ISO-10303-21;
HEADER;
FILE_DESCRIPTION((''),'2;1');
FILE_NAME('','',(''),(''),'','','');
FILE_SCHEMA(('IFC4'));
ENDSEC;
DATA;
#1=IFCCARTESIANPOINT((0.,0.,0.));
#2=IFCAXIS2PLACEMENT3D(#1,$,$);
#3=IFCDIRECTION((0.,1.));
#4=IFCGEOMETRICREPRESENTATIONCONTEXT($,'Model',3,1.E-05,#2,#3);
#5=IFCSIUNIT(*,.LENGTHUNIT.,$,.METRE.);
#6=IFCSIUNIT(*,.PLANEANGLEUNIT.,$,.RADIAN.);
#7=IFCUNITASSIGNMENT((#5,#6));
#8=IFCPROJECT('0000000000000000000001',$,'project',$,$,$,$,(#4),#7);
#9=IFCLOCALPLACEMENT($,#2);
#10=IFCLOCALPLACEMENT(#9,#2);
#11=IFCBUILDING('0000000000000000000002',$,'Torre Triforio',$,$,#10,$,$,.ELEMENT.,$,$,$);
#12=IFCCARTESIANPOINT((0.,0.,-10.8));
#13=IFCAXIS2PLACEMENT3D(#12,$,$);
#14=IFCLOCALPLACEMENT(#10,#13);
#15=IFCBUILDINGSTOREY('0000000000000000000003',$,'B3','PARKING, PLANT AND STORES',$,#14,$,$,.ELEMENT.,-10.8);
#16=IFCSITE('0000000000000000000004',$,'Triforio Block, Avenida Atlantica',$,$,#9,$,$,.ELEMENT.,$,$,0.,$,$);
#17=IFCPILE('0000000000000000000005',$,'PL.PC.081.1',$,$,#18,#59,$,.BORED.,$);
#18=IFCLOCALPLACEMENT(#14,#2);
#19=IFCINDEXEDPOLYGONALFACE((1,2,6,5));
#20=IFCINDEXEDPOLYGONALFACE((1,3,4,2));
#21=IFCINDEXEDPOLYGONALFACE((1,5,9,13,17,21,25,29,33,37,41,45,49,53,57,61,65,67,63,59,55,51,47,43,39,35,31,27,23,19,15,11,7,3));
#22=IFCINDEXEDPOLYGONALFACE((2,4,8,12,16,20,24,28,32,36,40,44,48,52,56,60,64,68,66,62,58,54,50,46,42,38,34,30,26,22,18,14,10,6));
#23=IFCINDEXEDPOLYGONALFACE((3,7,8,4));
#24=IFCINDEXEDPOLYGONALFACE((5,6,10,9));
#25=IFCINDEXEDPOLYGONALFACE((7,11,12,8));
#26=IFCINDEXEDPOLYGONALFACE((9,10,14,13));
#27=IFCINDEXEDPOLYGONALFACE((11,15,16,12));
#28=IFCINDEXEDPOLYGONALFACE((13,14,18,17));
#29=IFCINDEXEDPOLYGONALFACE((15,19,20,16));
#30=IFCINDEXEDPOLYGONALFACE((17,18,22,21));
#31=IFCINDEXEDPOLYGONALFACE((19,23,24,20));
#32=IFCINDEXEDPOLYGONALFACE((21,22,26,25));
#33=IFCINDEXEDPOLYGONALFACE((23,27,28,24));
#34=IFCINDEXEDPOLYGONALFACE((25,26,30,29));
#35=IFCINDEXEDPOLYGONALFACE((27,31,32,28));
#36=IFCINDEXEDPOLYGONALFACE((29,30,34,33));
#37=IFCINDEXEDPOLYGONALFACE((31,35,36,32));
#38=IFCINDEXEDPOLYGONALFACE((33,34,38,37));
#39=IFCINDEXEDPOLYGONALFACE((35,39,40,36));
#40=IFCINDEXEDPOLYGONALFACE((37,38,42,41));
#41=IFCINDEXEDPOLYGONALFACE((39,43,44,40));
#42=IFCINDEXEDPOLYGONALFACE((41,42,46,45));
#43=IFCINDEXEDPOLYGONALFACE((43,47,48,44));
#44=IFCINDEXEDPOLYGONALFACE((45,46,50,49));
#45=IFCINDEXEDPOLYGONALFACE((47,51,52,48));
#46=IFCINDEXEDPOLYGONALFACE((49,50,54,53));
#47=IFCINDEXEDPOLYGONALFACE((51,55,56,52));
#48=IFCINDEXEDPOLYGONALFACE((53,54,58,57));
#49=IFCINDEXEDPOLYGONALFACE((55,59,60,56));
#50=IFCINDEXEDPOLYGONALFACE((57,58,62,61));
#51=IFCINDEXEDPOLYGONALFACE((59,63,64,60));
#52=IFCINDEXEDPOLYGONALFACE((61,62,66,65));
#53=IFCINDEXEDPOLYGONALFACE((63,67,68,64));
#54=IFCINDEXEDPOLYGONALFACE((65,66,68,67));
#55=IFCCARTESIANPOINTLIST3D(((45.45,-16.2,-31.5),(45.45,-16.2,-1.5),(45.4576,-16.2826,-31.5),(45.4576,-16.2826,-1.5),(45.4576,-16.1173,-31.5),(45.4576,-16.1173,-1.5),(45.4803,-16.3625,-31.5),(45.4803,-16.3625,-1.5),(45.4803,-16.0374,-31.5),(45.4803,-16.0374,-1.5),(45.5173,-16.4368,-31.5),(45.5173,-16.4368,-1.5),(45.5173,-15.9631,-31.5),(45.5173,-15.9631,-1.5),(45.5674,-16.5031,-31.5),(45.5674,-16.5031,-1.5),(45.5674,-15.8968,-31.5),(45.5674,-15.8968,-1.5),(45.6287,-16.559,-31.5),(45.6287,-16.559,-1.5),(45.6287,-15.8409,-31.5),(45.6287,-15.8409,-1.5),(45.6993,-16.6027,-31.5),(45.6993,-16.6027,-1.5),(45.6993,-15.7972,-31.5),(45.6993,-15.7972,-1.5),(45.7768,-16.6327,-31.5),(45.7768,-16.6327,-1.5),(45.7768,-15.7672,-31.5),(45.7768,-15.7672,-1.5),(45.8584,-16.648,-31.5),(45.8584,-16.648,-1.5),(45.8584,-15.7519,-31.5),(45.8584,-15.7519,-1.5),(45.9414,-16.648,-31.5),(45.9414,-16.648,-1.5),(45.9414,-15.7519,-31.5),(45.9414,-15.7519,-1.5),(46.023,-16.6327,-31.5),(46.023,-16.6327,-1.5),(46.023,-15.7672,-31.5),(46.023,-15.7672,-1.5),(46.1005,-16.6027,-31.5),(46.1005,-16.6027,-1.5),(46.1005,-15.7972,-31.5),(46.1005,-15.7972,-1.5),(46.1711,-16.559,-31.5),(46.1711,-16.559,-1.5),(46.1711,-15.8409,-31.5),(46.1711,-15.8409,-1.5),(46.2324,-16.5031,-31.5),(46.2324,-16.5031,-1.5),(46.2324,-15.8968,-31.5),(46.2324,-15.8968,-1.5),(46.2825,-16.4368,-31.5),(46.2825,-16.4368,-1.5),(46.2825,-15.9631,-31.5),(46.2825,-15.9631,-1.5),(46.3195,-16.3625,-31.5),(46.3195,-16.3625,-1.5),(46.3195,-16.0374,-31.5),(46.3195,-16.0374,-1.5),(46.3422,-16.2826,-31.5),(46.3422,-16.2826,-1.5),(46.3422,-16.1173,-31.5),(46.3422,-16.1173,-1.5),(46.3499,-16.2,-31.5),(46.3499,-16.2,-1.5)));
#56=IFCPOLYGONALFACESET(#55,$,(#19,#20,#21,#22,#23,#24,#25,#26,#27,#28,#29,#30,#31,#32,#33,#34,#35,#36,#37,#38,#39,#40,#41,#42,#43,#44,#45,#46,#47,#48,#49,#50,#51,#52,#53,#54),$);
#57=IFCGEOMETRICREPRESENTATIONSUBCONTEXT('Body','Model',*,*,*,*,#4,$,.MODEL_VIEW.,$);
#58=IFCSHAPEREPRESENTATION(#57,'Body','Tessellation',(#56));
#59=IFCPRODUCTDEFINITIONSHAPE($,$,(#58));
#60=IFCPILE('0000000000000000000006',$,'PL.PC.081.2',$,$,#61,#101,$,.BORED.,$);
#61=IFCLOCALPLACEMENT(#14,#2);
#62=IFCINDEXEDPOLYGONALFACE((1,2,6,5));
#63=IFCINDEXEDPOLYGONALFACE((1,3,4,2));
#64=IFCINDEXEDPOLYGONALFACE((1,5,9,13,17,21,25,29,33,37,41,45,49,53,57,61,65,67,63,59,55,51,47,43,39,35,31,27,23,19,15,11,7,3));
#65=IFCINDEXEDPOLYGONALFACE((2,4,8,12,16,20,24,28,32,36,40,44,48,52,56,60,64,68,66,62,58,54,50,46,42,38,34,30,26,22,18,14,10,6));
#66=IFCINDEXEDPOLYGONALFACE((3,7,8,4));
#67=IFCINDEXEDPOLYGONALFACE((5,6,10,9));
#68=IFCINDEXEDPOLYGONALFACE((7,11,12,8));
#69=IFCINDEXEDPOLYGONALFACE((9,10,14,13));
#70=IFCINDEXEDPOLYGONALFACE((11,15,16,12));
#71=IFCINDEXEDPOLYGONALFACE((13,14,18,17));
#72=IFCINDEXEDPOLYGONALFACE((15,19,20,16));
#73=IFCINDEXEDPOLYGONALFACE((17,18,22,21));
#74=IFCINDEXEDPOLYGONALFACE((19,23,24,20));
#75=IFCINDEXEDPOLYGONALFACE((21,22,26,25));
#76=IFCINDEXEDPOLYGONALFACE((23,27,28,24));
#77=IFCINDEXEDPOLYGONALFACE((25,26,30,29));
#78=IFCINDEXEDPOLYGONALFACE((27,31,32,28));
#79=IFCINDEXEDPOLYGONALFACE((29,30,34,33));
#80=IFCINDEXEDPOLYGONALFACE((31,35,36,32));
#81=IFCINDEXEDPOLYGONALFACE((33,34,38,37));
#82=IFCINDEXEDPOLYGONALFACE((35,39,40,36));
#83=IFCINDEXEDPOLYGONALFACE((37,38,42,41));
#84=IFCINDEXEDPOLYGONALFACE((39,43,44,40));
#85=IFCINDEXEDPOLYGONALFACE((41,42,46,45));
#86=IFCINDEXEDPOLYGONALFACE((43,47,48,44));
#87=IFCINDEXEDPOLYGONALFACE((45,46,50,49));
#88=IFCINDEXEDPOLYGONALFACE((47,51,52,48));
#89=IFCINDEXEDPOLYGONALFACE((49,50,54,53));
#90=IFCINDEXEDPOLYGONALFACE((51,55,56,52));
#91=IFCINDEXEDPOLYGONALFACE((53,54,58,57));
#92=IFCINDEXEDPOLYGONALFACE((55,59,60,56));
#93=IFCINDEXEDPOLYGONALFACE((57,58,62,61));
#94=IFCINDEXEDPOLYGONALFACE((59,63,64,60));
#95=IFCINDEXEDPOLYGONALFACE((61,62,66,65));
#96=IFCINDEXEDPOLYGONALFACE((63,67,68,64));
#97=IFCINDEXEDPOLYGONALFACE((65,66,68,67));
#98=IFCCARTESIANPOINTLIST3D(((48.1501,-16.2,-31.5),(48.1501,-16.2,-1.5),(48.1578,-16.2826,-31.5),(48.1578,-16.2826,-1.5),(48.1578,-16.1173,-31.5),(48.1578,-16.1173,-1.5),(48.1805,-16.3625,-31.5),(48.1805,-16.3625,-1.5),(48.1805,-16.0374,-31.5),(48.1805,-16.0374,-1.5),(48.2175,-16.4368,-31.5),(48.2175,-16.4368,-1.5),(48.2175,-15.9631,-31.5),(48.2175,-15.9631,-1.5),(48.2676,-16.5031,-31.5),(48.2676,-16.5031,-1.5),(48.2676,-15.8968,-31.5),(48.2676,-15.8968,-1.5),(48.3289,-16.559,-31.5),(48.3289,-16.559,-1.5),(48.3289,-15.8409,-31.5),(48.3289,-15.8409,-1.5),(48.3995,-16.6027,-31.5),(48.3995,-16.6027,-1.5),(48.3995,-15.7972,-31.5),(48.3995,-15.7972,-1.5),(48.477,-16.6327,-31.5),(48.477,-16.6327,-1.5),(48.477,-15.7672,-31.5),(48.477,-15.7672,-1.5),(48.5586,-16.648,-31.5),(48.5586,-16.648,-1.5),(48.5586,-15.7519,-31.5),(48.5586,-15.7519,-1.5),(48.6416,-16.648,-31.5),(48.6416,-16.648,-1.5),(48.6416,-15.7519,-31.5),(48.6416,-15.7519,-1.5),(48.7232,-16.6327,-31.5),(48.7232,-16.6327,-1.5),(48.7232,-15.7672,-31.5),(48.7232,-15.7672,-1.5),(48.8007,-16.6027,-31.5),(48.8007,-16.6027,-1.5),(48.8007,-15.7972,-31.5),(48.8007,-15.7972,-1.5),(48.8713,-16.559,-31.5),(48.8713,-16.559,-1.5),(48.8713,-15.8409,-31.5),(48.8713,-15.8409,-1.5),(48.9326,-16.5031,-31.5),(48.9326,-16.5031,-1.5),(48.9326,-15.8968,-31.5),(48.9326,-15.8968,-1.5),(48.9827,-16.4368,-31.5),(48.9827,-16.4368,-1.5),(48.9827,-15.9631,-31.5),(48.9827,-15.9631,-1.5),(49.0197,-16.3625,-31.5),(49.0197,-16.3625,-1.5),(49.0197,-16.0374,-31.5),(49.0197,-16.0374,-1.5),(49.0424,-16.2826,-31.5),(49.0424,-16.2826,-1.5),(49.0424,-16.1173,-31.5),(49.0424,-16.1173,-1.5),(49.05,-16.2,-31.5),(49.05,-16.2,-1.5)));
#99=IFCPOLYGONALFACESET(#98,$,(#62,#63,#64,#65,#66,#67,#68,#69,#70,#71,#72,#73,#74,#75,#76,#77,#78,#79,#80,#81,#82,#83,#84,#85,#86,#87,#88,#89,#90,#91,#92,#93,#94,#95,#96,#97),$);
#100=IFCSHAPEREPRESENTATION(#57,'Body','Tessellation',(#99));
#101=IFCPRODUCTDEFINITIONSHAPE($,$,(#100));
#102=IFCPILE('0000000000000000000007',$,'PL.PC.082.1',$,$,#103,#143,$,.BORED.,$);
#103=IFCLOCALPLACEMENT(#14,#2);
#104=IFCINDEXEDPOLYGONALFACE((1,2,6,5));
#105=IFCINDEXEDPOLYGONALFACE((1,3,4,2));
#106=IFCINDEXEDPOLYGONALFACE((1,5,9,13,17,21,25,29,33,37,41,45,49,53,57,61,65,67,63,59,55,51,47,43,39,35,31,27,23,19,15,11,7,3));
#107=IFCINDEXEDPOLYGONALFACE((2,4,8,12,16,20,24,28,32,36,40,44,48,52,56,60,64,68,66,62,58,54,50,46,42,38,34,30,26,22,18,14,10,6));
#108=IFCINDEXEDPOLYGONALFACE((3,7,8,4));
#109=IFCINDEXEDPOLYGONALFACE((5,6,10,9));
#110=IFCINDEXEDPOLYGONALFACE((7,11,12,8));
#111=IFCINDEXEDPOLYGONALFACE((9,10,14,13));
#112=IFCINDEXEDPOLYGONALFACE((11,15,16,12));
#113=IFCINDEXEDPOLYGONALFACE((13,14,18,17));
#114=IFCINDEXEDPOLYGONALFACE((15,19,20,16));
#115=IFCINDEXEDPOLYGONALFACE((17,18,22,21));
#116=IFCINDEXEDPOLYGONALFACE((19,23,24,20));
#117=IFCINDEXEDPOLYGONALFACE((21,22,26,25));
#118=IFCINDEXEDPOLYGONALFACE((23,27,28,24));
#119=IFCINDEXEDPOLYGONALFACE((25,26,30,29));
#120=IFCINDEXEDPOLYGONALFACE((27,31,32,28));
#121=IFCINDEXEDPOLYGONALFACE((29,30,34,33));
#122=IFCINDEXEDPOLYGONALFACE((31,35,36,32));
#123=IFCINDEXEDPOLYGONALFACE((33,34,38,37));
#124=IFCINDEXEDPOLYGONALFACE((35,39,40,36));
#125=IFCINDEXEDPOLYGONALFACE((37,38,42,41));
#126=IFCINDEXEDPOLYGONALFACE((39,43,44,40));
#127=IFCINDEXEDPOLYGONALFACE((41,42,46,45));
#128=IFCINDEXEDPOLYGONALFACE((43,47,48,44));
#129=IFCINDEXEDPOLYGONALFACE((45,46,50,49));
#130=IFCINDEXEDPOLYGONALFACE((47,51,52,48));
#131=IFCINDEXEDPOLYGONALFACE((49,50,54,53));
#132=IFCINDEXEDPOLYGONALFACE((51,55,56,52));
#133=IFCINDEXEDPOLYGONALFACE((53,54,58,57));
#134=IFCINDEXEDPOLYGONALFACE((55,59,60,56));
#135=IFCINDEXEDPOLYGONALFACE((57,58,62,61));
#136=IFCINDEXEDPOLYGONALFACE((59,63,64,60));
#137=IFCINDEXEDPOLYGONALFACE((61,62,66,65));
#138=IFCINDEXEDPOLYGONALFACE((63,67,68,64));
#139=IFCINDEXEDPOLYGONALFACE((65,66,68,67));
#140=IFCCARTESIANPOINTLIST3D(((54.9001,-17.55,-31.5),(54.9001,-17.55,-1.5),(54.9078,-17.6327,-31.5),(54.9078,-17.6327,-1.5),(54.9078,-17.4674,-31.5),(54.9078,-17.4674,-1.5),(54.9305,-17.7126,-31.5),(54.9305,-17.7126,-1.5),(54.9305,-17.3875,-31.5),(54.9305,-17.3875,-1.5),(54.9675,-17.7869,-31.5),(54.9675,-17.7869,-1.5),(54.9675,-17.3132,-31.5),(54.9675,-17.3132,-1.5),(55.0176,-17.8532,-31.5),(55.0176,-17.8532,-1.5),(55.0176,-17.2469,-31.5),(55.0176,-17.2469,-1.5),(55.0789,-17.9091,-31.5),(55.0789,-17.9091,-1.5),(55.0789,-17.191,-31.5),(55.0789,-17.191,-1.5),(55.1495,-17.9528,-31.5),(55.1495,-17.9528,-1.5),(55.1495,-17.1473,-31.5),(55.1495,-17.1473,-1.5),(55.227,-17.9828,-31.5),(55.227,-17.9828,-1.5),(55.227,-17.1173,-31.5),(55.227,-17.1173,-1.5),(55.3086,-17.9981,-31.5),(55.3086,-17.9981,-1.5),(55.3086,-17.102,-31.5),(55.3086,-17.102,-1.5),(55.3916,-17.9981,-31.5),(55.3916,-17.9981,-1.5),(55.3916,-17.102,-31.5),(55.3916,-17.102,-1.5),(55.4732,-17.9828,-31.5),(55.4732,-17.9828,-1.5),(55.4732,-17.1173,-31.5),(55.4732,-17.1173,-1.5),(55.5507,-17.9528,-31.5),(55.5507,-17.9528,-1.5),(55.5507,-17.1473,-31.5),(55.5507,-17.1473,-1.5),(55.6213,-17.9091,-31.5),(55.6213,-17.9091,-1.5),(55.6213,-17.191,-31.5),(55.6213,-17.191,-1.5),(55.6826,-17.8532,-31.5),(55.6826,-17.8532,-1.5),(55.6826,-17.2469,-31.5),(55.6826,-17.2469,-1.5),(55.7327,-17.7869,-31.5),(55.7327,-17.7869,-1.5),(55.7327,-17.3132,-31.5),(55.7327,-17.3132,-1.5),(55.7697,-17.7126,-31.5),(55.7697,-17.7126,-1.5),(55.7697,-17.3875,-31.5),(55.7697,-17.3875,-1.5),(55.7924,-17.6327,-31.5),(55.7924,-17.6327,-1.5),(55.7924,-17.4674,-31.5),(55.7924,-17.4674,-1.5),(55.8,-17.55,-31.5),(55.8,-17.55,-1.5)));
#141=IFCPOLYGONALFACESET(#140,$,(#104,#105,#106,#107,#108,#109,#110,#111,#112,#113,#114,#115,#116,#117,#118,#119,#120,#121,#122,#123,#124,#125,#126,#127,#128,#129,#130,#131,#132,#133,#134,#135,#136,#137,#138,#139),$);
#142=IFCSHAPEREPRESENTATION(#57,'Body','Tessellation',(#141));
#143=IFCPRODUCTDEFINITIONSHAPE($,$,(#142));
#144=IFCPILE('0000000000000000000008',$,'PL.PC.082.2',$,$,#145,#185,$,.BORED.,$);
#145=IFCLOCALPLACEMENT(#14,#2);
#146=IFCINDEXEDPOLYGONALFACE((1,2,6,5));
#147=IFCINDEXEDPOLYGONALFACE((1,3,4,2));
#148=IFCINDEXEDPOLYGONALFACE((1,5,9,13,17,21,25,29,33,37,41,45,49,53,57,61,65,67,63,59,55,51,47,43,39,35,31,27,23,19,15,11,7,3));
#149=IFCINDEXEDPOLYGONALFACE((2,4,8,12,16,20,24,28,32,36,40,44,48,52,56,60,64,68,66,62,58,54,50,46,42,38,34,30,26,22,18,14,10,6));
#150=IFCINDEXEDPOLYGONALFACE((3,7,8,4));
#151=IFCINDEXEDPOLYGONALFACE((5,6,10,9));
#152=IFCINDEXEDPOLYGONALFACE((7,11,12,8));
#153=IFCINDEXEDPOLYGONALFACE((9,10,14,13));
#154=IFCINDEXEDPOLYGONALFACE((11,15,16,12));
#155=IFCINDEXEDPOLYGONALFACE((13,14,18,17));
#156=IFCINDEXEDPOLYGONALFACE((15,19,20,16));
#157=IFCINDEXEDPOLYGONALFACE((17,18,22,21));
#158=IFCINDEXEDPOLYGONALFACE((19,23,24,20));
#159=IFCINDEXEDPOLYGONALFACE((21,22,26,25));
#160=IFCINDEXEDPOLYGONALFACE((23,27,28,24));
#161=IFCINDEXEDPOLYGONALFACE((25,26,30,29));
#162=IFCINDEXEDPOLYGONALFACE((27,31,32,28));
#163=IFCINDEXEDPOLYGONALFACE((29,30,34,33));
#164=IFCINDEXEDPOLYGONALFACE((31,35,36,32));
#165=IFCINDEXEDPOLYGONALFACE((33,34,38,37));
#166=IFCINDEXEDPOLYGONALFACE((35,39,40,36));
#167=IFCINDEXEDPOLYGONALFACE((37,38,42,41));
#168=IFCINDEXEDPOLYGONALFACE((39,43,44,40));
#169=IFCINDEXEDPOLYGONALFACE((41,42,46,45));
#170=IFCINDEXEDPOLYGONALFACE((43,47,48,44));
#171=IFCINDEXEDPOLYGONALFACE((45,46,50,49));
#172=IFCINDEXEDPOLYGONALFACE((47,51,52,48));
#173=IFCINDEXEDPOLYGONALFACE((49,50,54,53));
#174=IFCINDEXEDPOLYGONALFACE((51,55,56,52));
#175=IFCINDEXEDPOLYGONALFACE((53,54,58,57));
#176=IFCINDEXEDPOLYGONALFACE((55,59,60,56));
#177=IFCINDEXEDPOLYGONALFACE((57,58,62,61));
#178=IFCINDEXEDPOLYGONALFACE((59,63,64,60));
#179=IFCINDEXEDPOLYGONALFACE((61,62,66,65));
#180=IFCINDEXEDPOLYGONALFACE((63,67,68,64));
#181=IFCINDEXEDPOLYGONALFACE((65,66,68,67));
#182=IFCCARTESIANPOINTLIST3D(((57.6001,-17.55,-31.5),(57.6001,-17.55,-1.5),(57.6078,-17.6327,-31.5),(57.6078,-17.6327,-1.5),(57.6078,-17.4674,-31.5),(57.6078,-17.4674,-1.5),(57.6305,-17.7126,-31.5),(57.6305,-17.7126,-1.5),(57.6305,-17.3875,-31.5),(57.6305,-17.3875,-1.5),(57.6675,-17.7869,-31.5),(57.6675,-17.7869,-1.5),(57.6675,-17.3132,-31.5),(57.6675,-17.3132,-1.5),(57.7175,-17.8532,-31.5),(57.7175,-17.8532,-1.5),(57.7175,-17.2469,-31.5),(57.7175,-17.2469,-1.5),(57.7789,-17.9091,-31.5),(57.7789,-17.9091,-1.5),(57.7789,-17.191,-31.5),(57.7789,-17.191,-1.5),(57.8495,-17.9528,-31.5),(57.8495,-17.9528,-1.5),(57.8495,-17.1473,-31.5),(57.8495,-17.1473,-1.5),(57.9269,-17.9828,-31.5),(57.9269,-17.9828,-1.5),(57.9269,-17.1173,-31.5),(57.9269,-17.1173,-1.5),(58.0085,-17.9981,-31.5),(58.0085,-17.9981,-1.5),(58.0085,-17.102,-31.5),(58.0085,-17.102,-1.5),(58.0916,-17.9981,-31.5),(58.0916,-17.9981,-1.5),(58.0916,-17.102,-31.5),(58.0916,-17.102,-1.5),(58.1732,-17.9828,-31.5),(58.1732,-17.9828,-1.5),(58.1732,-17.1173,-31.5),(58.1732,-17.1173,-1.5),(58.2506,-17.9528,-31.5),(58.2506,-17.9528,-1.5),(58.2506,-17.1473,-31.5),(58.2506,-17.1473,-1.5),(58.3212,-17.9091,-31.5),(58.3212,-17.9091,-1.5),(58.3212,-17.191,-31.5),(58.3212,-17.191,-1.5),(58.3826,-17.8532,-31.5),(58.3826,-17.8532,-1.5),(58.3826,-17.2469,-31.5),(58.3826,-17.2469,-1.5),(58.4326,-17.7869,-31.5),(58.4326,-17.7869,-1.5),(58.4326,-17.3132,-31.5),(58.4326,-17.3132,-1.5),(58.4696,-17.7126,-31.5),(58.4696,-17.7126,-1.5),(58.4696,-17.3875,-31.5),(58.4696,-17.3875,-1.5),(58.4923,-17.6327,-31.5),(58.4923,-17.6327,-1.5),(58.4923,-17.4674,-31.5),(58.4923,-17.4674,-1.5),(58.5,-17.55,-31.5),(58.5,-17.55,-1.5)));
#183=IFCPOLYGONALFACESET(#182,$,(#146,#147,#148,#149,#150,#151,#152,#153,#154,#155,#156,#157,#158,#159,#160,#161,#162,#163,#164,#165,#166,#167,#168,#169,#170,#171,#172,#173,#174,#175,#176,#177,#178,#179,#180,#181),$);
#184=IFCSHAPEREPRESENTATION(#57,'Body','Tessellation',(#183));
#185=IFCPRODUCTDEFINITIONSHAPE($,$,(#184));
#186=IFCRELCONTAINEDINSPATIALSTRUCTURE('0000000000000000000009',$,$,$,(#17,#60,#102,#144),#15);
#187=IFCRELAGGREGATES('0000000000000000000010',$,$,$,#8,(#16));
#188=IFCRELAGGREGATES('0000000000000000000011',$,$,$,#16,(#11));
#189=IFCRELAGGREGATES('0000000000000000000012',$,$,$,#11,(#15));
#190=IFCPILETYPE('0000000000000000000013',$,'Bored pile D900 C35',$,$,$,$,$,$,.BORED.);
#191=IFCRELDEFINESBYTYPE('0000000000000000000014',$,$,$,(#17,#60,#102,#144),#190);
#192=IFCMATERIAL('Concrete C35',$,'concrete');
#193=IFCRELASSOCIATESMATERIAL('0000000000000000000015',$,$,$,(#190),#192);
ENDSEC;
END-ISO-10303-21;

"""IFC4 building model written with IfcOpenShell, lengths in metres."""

from ifc_helpers import new_model, si_unit, direction, frame, origin, origin_2d, place, context, subcontext, project, spatial, circle, extrude, material, material_profile, profile_set, type_object, element, save


model = new_model("IFC4")

# Units and contexts
model_context = context("Model", 3, precision=1e-05, world=origin(), true_north=direction((0.0, 1.0)))
body_context = subcontext(model_context, "Body", "Model", "MODEL_VIEW")
ifc_project = project(units=[si_unit("LENGTHUNIT", "METRE"), si_unit("PLANEANGLEUNIT", "RADIAN")], contexts=[model_context])

# Site, building, storey
site_placement = place(None, origin())
site = spatial("IfcSite", under=ifc_project, at=site_placement, Name="Triforio Block, Avenida Atlantica", CompositionType="ELEMENT", RefElevation=0.0)
building_placement = place(site_placement, origin())
building = spatial("IfcBuilding", under=site, at=building_placement, Name="Torre Triforio", CompositionType="ELEMENT")
storey_placement = place(building_placement, frame((0.0, 0.0, -10.8)))
storey = spatial("IfcBuildingStorey", under=building, at=storey_placement, Name="B3", Description="PARKING, PLANT AND STORES", CompositionType="ELEMENT", Elevation=-10.8)

# Piles
ifc_material_1 = material(Name="Concrete C35", Category="concrete")
ifc_material_profile_1 = material_profile(ifc_material_1, circle(Radius=0.45, at=origin_2d()), Name="RC D900")
ifc_profile_set_1 = profile_set([ifc_material_profile_1], Name="Concrete C35")
pile_type = type_object("IfcPileType", Name="Bored pile D900 C35", PredefinedType="BORED", material=ifc_profile_set_1)
for number, where, z_axis, x_axis, name in (
    (1, (45.8999, -16.2, -1.5), (0.0, 0.0, -1.0), (1.0, 0.0, 0.0), "PL.PC.081.1"),
    (2, (48.6001, -16.2, -1.5), (0.0, 0.0, -1.0), (1.0, 0.0, 0.0), "PL.PC.081.2"),
    (3, (55.3501, -17.55, -1.5), (0.0, 0.0, -1.0), (1.0, 0.0, 0.0), "PL.PC.082.1"),
    (4, (58.05, -17.55, -1.5), (0.0, 0.0, -1.0), (1.0, 0.0, 0.0), "PL.PC.082.2"),
):
    element("IfcPile", number, at=place(storey_placement, frame(where, z_axis=z_axis, x_axis=x_axis)), inside=storey, type_object=pile_type, Name=name, PredefinedType="BORED", context=body_context, shape_type="SweptSolid", body=[
        extrude(circle(Radius=0.45, at=origin_2d()), origin(), (0.0, 0.0, 1.0), 30.0),
    ])

save(model, "model.ifc")
